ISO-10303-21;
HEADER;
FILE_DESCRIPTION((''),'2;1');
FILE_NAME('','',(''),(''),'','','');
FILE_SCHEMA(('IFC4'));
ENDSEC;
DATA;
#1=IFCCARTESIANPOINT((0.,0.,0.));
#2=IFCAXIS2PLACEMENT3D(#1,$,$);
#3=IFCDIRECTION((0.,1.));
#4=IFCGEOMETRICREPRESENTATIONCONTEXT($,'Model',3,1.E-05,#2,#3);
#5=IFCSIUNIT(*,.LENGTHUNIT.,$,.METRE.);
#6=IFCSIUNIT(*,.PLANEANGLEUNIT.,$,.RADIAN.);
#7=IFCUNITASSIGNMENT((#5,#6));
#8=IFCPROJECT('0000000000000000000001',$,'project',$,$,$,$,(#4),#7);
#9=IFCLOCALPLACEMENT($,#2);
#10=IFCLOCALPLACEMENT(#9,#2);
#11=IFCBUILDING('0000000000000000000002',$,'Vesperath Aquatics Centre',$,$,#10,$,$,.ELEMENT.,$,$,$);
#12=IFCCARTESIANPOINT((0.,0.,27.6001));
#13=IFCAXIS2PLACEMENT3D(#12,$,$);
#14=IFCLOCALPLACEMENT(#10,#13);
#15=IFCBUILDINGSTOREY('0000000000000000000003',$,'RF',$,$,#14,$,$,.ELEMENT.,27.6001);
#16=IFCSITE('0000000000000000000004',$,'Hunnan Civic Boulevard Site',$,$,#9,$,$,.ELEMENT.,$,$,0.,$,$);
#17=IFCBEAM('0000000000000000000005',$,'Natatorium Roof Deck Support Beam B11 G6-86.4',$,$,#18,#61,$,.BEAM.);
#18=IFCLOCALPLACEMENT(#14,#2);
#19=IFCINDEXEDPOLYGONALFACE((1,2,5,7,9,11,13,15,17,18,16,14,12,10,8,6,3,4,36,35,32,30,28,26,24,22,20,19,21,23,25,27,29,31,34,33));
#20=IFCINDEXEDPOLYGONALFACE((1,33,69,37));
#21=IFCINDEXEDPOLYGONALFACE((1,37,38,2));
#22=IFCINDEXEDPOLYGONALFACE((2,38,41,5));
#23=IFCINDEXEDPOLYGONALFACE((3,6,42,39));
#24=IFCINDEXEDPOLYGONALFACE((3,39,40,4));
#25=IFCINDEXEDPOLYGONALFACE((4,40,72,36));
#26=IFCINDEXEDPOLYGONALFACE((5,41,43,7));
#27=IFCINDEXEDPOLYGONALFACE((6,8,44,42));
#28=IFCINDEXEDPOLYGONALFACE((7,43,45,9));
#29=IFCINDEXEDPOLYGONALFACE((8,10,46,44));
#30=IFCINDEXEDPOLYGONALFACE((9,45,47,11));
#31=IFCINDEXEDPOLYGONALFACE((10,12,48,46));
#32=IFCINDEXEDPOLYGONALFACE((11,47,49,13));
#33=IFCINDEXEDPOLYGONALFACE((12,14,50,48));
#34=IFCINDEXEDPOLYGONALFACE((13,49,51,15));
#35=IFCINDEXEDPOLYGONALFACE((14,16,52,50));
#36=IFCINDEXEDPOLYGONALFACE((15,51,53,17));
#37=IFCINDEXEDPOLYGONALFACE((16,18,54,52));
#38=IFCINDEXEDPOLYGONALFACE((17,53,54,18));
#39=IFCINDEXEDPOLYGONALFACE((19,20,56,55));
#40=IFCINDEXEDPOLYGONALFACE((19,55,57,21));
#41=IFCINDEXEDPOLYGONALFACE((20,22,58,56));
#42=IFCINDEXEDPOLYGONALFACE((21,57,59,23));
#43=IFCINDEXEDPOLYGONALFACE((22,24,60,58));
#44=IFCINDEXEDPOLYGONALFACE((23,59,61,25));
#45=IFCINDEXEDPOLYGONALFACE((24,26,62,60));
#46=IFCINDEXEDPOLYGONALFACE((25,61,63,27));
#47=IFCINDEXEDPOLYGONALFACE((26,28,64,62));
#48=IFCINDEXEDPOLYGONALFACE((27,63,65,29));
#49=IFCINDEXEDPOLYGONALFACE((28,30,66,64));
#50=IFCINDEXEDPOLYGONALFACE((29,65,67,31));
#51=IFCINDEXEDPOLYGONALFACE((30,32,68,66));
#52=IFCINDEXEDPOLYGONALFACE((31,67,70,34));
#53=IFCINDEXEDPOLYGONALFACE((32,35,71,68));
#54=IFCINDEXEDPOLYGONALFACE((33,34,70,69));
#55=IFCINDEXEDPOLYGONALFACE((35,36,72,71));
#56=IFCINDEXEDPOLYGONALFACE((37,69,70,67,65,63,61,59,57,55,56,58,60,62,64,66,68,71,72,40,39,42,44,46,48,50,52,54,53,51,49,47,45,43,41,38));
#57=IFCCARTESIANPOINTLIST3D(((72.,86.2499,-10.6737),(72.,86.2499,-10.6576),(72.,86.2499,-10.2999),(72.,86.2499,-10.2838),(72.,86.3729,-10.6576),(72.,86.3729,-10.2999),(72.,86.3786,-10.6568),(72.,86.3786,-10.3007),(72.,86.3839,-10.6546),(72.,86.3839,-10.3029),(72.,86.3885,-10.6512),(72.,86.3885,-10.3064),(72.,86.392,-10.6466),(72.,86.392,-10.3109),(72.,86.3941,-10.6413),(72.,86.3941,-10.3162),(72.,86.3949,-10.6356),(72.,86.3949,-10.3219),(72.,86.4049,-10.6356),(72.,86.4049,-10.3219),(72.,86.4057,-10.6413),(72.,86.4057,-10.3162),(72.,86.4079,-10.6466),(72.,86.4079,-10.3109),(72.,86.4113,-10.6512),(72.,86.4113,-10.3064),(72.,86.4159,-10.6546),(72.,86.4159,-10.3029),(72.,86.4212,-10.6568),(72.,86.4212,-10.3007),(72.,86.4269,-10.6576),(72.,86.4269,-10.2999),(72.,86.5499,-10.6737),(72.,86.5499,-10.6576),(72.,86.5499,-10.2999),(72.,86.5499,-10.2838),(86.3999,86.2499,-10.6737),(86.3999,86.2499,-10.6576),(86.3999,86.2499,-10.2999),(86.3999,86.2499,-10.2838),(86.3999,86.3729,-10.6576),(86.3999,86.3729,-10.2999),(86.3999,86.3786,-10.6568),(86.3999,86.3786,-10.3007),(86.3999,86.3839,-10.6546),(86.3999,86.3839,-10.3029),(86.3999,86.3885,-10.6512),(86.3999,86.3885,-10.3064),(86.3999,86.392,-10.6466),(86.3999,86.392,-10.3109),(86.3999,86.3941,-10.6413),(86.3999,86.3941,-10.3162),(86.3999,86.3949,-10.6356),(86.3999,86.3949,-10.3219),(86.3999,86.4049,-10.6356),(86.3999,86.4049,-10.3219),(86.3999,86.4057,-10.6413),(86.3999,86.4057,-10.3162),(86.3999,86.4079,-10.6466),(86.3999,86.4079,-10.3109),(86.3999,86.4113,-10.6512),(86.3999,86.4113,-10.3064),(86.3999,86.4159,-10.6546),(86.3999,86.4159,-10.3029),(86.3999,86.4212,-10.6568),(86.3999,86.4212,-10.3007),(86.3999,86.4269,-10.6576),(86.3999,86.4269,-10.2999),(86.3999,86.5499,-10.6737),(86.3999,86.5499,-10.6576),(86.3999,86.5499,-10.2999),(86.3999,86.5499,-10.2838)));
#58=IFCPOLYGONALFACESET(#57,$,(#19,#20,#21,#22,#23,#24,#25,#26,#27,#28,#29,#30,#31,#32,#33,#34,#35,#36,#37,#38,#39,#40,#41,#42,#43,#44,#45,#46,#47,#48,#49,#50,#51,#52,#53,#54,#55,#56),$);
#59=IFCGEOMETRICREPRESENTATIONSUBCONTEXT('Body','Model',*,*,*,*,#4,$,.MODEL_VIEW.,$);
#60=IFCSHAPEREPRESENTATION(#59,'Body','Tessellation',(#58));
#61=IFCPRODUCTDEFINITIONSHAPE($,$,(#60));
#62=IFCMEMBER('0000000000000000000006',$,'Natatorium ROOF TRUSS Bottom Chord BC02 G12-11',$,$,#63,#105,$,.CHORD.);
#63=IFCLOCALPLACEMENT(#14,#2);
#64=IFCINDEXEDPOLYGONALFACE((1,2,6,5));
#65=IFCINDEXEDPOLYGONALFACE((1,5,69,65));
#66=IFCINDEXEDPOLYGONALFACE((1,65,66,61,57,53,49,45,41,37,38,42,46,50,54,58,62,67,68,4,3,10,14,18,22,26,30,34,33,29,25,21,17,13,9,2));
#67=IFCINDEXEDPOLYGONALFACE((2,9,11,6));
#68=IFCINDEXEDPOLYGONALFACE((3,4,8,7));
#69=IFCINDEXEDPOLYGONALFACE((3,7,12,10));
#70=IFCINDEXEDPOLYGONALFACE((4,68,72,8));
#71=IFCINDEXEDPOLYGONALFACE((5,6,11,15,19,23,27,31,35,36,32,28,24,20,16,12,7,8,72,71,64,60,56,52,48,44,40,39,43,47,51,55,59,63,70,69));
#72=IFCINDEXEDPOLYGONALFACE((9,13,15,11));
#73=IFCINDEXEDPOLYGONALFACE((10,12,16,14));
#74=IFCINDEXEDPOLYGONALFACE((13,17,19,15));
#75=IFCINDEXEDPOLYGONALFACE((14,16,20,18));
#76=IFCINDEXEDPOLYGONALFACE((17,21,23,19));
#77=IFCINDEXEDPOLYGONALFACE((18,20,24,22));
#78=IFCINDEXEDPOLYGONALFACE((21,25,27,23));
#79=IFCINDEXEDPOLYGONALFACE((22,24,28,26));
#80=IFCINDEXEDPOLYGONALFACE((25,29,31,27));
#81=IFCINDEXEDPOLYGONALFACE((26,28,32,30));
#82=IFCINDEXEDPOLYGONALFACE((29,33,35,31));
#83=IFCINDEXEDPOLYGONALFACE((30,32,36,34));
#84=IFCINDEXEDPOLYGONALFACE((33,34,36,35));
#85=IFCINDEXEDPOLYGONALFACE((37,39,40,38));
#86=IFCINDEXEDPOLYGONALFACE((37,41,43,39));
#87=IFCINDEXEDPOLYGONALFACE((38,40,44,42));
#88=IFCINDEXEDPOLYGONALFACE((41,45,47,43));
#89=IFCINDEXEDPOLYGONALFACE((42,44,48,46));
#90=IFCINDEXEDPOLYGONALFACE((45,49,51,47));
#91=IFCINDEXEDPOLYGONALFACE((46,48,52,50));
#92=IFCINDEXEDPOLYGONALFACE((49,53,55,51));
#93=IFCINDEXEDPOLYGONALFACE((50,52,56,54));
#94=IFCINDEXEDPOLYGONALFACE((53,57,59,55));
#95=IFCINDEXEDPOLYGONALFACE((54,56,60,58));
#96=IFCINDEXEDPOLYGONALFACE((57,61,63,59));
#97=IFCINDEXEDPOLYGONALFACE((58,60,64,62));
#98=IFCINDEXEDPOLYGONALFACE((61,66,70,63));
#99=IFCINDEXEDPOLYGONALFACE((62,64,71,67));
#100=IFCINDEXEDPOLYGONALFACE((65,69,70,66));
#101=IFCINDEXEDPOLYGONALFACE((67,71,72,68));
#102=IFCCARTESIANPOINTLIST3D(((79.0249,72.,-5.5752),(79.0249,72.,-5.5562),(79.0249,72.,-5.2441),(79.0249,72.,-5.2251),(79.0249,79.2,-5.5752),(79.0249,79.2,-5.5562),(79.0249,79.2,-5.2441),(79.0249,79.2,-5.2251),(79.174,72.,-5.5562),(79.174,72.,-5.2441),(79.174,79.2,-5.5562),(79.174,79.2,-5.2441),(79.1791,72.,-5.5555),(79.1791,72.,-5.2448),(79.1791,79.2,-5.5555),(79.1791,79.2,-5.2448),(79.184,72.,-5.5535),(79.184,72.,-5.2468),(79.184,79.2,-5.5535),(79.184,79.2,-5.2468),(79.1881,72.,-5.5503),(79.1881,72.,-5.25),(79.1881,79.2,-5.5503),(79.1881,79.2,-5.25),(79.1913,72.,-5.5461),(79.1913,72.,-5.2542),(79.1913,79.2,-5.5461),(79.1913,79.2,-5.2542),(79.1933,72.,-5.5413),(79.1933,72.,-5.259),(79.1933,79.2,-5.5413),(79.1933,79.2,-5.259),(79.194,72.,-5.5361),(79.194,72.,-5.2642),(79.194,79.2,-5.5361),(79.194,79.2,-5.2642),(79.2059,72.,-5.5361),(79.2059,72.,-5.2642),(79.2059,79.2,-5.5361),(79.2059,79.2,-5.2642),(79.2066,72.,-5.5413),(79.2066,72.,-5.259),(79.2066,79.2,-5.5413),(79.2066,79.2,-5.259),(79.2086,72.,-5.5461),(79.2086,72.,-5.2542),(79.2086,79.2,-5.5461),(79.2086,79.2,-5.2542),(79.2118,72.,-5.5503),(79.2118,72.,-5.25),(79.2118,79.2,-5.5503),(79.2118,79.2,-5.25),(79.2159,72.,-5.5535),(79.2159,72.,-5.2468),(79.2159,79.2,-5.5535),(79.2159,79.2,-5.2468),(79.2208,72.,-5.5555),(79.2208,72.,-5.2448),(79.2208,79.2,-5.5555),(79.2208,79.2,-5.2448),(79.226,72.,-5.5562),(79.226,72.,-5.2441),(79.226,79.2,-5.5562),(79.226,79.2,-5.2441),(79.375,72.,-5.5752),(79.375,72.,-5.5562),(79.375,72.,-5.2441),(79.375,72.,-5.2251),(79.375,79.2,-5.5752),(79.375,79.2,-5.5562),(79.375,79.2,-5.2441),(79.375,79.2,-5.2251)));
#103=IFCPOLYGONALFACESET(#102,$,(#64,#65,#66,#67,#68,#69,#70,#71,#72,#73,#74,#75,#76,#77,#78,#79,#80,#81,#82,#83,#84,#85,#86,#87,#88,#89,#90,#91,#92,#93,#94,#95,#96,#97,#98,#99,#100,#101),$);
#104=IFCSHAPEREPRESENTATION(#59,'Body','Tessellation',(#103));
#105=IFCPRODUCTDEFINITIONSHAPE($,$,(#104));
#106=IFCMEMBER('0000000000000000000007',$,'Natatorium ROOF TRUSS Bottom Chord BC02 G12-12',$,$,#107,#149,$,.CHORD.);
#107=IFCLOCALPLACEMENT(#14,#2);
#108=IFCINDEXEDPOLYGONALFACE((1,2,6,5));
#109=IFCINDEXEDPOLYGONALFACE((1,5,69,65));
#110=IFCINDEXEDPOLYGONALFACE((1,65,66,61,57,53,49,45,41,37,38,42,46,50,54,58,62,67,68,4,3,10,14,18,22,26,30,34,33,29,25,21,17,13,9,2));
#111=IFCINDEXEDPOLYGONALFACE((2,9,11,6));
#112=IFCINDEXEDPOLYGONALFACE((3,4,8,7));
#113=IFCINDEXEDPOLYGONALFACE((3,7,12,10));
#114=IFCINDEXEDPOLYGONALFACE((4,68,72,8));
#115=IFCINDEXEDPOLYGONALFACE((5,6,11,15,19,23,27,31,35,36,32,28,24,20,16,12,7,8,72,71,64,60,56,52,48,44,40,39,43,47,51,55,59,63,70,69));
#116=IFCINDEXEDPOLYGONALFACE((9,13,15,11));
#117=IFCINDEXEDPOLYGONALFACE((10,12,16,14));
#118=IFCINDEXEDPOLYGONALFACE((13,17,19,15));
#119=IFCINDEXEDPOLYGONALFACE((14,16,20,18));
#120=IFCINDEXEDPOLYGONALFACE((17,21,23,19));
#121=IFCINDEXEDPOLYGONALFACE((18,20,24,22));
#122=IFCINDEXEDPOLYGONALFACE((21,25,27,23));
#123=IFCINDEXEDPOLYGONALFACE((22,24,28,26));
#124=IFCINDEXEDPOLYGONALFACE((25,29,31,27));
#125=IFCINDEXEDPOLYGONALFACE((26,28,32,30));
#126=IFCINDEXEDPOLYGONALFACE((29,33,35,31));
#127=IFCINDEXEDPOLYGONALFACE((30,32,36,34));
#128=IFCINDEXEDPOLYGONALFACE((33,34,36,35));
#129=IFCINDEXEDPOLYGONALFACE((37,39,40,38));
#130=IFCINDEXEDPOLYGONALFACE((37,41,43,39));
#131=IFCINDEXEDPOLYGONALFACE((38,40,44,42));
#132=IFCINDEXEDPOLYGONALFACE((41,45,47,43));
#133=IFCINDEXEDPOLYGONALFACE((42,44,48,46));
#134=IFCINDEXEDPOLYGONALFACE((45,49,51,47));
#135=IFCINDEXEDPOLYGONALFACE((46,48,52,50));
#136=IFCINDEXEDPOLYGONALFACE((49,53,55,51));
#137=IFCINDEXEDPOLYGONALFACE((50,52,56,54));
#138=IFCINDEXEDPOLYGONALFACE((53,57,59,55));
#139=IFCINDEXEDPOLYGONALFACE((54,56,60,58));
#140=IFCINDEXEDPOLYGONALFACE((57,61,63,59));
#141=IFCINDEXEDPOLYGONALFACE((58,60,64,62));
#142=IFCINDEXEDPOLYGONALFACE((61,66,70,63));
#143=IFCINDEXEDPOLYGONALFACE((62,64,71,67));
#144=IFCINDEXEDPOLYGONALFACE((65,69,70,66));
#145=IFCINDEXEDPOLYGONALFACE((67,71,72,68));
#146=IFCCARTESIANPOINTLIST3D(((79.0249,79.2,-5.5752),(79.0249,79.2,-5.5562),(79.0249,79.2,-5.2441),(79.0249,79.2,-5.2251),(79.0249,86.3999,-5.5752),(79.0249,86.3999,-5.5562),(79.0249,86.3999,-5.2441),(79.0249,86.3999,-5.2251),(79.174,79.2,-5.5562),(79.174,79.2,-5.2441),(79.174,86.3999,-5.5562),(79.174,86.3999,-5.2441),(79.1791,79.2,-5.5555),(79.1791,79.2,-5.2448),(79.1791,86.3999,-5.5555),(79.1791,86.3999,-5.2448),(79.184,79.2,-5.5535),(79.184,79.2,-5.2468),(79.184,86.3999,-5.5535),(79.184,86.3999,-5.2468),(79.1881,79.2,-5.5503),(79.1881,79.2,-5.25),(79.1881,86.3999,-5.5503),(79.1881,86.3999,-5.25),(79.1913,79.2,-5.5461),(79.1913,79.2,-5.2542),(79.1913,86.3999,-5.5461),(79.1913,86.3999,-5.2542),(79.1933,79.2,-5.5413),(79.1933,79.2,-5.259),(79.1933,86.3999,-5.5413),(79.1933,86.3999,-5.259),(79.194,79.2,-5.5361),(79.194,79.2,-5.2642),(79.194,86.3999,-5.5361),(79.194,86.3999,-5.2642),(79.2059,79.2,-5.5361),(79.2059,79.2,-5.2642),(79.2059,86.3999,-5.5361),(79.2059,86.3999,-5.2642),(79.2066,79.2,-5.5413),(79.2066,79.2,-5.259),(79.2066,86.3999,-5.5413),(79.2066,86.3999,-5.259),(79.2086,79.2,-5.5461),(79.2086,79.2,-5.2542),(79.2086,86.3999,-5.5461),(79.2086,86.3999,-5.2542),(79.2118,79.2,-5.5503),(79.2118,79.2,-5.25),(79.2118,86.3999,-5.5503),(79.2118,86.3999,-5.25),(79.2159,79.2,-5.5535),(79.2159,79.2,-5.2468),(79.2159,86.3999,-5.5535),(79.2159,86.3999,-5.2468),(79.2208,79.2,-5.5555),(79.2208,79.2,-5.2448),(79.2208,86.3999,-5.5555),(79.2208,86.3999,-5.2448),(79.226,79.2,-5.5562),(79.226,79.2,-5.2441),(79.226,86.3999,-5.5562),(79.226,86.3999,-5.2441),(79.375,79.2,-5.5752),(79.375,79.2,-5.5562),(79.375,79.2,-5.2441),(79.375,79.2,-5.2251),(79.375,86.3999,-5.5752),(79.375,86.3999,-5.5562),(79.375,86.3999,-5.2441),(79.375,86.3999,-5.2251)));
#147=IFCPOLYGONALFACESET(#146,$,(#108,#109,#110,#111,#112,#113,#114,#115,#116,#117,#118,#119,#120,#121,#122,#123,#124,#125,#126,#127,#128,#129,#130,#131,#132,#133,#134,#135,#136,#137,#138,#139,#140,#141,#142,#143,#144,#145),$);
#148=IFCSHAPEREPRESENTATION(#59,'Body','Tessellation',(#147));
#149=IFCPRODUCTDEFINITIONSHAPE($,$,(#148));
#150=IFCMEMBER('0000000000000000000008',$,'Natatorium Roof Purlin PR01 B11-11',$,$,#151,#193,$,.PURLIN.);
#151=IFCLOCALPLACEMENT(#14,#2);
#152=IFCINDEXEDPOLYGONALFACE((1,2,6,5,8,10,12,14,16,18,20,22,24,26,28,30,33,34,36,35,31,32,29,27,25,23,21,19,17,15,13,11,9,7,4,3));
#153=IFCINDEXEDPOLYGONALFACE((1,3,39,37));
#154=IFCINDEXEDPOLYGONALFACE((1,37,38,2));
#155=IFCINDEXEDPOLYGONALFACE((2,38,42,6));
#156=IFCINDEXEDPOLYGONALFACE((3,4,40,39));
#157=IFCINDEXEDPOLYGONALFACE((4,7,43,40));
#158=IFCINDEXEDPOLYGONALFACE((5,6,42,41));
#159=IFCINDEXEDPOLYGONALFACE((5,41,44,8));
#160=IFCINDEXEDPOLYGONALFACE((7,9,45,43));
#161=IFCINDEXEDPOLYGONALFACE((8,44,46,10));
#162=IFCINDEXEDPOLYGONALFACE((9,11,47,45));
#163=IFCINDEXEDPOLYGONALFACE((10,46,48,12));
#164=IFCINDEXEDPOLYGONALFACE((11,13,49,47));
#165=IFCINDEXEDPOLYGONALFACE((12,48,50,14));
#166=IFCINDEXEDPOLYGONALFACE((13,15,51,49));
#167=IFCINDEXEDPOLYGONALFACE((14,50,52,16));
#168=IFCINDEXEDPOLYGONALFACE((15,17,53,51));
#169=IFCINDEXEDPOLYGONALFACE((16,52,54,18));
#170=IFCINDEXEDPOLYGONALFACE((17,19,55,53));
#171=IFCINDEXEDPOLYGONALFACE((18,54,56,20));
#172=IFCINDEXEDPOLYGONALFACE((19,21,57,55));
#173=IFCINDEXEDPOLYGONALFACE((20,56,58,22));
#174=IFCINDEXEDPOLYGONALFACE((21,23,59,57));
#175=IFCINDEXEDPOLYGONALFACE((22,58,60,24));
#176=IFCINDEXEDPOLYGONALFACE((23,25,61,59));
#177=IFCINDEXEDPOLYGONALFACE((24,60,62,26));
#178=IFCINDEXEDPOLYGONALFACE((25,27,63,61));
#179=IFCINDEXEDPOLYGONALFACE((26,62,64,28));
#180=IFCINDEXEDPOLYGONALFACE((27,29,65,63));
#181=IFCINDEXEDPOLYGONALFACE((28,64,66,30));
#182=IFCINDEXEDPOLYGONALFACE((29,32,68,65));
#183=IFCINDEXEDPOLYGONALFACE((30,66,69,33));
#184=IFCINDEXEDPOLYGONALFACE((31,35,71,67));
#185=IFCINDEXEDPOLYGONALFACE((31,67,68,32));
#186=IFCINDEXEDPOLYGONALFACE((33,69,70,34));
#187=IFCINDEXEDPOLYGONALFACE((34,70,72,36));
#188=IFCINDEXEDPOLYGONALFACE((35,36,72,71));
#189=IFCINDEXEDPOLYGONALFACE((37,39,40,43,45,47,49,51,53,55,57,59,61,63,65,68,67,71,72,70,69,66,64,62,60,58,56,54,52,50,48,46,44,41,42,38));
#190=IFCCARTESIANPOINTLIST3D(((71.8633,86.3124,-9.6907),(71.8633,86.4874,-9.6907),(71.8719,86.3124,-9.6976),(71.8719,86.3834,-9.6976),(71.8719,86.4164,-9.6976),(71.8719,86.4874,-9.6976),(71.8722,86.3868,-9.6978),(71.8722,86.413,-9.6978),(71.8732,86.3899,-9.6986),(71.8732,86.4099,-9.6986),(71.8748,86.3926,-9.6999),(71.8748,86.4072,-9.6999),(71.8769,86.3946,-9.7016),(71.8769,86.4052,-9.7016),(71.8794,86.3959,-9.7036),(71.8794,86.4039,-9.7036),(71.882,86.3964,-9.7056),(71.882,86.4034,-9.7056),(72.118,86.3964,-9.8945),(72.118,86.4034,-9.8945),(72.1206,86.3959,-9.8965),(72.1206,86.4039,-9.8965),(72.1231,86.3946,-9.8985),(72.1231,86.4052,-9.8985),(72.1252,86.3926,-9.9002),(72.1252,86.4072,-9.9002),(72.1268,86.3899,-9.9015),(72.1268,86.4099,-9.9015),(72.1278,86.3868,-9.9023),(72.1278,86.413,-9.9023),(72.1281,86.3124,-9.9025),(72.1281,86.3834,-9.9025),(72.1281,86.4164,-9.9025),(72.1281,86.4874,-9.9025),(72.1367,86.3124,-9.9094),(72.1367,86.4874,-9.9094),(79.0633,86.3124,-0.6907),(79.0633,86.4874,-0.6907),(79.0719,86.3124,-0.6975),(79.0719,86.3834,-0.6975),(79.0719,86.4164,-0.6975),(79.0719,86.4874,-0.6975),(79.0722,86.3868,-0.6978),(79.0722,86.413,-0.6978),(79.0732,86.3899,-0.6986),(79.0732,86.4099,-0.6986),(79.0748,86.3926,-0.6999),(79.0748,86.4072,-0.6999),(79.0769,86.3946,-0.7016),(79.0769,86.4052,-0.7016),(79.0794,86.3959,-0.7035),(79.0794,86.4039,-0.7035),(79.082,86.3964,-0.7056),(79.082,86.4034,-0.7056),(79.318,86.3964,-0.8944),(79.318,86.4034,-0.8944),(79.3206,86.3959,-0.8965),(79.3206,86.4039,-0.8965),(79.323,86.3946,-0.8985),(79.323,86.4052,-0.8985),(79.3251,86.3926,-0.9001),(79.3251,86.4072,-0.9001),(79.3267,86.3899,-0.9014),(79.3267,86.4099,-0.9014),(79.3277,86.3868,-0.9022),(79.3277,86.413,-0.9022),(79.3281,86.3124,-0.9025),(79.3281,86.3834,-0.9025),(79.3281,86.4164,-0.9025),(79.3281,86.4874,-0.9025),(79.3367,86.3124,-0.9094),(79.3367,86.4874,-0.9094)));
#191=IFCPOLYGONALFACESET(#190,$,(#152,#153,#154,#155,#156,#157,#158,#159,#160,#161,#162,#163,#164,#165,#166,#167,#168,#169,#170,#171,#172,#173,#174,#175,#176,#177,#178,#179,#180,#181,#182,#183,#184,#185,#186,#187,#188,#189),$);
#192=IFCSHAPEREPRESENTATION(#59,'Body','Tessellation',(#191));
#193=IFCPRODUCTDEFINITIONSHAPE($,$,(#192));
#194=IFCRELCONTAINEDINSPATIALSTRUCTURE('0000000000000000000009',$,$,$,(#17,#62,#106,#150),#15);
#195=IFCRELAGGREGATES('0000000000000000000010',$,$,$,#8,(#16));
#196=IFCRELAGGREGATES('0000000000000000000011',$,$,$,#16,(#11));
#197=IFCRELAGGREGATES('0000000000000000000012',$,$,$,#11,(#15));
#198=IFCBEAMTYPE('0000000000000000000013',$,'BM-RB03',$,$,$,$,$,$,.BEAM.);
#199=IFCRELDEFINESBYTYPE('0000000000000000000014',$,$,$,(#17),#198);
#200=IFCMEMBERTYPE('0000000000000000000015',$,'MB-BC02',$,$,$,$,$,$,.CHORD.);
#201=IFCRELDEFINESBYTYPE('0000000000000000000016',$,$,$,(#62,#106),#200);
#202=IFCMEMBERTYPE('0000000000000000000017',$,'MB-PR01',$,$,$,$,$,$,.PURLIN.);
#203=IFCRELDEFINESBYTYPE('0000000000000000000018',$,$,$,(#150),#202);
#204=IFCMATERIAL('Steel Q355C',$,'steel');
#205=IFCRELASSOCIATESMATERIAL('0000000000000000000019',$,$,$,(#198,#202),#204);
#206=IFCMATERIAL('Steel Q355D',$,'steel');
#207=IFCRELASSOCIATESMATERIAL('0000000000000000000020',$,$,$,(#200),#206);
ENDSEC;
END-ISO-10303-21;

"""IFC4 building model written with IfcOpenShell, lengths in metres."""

from ifc_helpers import new_model, si_unit, direction, frame, origin, origin_2d, place, context, subcontext, project, spatial, i_section, extrude, material, material_profile, profile_set, type_object, element, save


model = new_model("IFC4")

# Units and contexts
model_context = context("Model", 3, precision=1e-05, world=origin(), true_north=direction((0.0, 1.0)))
body_context = subcontext(model_context, "Body", "Model", "MODEL_VIEW")
ifc_project = project(units=[si_unit("LENGTHUNIT", "METRE"), si_unit("PLANEANGLEUNIT", "RADIAN")], contexts=[model_context])

# Site, building, storey
site_placement = place(None, origin())
site = spatial("IfcSite", under=ifc_project, at=site_placement, Name="Hunnan Civic Boulevard Site", CompositionType="ELEMENT", RefElevation=0.0)
building_placement = place(site_placement, origin())
building = spatial("IfcBuilding", under=site, at=building_placement, Name="Vesperath Aquatics Centre", CompositionType="ELEMENT")
storey_placement = place(building_placement, frame((0.0, 0.0, 27.6001)))
storey = spatial("IfcBuildingStorey", under=building, at=storey_placement, Name="RF", CompositionType="ELEMENT", Elevation=27.6001)

# Beam
ifc_material_1 = material(Name="Steel Q355C", Category="steel")
ifc_material_profile_1 = material_profile(ifc_material_1, i_section(OverallWidth=0.3, OverallDepth=0.3899, WebThickness=0.01, FlangeThickness=0.0161, FilletRadius=0.022, at=origin_2d()), Name="HM 390x300x10x16")
ifc_profile_set_1 = profile_set([ifc_material_profile_1], Name="Steel Q355C")
beam_type = type_object("IfcBeamType", Name="BM-RB03", PredefinedType="BEAM", material=ifc_profile_set_1)
beam_placement = place(storey_placement, frame((72.0, 86.3999, -10.4788), z_axis=(1.0, 0.0, 0.0), x_axis=(0.0, 1.0, 0.0)))
element("IfcBeam", 1, at=beam_placement, inside=storey, type_object=beam_type, Name="Natatorium Roof Deck Support Beam B11 G6-86.4", PredefinedType="BEAM", context=body_context, shape_type="SweptSolid", body=[
    extrude(i_section(OverallWidth=0.3, OverallDepth=0.3899, WebThickness=0.01, FlangeThickness=0.0161, FilletRadius=0.022, at=origin_2d()), origin(), (0.0, 0.0, 1.0), 14.3999),
])

# Members
ifc_material_2 = material(Name="Steel Q355D", Category="steel")
ifc_material_profile_2 = material_profile(ifc_material_2, i_section(OverallWidth=0.3501, OverallDepth=0.3501, WebThickness=0.012, FlangeThickness=0.019, FilletRadius=0.02, at=origin_2d()), Name="HW 350x350x12x19")
ifc_profile_set_2 = profile_set([ifc_material_profile_2], Name="Steel Q355D")
member_type_1 = type_object("IfcMemberType", Name="MB-BC02", PredefinedType="CHORD", material=ifc_profile_set_2)
for number, where, z_axis, x_axis, name in (
    (2, (79.2, 72.0, -5.4001), (0.0, 1.0, 0.0), (-1.0, 0.0, 0.0), "Natatorium ROOF TRUSS Bottom Chord BC02 G12-11"),
    (3, (79.2, 79.2, -5.4001), (0.0, 1.0, 0.0), (-1.0, 0.0, 0.0), "Natatorium ROOF TRUSS Bottom Chord BC02 G12-12"),
):
    element("IfcMember", number, at=place(storey_placement, frame(where, z_axis=z_axis, x_axis=x_axis)), inside=storey, type_object=member_type_1, Name=name, PredefinedType="CHORD", context=body_context, shape_type="SweptSolid", body=[
        extrude(i_section(OverallWidth=0.3501, OverallDepth=0.3501, WebThickness=0.012, FlangeThickness=0.019, FilletRadius=0.02, at=origin_2d()), origin(), (0.0, 0.0, 1.0), 7.2),
    ])
ifc_material_profile_3 = material_profile(ifc_material_1, i_section(OverallWidth=0.175, OverallDepth=0.3501, WebThickness=0.0071, FlangeThickness=0.011, FilletRadius=0.0129, at=origin_2d()), Name="HN 350x175x7x11")
ifc_profile_set_3 = profile_set([ifc_material_profile_3], Name="Steel Q355C")
member_type_2 = type_object("IfcMemberType", Name="MB-PR01", PredefinedType="PURLIN", material=ifc_profile_set_3)
for number, where, z_axis, x_axis, name in (
    (4, (72.0, 86.3999, -9.8), (0.624692, 0.0, 0.780871), (0.0, 1.0, 0.0), "Natatorium Roof Purlin PR01 B11-11"),
):
    element("IfcMember", number, at=place(storey_placement, frame(where, z_axis=z_axis, x_axis=x_axis)), inside=storey, type_object=member_type_2, Name=name, PredefinedType="PURLIN", context=body_context, shape_type="SweptSolid", body=[
        extrude(i_section(OverallWidth=0.175, OverallDepth=0.3501, WebThickness=0.0071, FlangeThickness=0.011, FilletRadius=0.0129, at=origin_2d()), origin(), (0.0, 0.0, 1.0), 11.5256),
    ])

save(model, "model.ifc")
